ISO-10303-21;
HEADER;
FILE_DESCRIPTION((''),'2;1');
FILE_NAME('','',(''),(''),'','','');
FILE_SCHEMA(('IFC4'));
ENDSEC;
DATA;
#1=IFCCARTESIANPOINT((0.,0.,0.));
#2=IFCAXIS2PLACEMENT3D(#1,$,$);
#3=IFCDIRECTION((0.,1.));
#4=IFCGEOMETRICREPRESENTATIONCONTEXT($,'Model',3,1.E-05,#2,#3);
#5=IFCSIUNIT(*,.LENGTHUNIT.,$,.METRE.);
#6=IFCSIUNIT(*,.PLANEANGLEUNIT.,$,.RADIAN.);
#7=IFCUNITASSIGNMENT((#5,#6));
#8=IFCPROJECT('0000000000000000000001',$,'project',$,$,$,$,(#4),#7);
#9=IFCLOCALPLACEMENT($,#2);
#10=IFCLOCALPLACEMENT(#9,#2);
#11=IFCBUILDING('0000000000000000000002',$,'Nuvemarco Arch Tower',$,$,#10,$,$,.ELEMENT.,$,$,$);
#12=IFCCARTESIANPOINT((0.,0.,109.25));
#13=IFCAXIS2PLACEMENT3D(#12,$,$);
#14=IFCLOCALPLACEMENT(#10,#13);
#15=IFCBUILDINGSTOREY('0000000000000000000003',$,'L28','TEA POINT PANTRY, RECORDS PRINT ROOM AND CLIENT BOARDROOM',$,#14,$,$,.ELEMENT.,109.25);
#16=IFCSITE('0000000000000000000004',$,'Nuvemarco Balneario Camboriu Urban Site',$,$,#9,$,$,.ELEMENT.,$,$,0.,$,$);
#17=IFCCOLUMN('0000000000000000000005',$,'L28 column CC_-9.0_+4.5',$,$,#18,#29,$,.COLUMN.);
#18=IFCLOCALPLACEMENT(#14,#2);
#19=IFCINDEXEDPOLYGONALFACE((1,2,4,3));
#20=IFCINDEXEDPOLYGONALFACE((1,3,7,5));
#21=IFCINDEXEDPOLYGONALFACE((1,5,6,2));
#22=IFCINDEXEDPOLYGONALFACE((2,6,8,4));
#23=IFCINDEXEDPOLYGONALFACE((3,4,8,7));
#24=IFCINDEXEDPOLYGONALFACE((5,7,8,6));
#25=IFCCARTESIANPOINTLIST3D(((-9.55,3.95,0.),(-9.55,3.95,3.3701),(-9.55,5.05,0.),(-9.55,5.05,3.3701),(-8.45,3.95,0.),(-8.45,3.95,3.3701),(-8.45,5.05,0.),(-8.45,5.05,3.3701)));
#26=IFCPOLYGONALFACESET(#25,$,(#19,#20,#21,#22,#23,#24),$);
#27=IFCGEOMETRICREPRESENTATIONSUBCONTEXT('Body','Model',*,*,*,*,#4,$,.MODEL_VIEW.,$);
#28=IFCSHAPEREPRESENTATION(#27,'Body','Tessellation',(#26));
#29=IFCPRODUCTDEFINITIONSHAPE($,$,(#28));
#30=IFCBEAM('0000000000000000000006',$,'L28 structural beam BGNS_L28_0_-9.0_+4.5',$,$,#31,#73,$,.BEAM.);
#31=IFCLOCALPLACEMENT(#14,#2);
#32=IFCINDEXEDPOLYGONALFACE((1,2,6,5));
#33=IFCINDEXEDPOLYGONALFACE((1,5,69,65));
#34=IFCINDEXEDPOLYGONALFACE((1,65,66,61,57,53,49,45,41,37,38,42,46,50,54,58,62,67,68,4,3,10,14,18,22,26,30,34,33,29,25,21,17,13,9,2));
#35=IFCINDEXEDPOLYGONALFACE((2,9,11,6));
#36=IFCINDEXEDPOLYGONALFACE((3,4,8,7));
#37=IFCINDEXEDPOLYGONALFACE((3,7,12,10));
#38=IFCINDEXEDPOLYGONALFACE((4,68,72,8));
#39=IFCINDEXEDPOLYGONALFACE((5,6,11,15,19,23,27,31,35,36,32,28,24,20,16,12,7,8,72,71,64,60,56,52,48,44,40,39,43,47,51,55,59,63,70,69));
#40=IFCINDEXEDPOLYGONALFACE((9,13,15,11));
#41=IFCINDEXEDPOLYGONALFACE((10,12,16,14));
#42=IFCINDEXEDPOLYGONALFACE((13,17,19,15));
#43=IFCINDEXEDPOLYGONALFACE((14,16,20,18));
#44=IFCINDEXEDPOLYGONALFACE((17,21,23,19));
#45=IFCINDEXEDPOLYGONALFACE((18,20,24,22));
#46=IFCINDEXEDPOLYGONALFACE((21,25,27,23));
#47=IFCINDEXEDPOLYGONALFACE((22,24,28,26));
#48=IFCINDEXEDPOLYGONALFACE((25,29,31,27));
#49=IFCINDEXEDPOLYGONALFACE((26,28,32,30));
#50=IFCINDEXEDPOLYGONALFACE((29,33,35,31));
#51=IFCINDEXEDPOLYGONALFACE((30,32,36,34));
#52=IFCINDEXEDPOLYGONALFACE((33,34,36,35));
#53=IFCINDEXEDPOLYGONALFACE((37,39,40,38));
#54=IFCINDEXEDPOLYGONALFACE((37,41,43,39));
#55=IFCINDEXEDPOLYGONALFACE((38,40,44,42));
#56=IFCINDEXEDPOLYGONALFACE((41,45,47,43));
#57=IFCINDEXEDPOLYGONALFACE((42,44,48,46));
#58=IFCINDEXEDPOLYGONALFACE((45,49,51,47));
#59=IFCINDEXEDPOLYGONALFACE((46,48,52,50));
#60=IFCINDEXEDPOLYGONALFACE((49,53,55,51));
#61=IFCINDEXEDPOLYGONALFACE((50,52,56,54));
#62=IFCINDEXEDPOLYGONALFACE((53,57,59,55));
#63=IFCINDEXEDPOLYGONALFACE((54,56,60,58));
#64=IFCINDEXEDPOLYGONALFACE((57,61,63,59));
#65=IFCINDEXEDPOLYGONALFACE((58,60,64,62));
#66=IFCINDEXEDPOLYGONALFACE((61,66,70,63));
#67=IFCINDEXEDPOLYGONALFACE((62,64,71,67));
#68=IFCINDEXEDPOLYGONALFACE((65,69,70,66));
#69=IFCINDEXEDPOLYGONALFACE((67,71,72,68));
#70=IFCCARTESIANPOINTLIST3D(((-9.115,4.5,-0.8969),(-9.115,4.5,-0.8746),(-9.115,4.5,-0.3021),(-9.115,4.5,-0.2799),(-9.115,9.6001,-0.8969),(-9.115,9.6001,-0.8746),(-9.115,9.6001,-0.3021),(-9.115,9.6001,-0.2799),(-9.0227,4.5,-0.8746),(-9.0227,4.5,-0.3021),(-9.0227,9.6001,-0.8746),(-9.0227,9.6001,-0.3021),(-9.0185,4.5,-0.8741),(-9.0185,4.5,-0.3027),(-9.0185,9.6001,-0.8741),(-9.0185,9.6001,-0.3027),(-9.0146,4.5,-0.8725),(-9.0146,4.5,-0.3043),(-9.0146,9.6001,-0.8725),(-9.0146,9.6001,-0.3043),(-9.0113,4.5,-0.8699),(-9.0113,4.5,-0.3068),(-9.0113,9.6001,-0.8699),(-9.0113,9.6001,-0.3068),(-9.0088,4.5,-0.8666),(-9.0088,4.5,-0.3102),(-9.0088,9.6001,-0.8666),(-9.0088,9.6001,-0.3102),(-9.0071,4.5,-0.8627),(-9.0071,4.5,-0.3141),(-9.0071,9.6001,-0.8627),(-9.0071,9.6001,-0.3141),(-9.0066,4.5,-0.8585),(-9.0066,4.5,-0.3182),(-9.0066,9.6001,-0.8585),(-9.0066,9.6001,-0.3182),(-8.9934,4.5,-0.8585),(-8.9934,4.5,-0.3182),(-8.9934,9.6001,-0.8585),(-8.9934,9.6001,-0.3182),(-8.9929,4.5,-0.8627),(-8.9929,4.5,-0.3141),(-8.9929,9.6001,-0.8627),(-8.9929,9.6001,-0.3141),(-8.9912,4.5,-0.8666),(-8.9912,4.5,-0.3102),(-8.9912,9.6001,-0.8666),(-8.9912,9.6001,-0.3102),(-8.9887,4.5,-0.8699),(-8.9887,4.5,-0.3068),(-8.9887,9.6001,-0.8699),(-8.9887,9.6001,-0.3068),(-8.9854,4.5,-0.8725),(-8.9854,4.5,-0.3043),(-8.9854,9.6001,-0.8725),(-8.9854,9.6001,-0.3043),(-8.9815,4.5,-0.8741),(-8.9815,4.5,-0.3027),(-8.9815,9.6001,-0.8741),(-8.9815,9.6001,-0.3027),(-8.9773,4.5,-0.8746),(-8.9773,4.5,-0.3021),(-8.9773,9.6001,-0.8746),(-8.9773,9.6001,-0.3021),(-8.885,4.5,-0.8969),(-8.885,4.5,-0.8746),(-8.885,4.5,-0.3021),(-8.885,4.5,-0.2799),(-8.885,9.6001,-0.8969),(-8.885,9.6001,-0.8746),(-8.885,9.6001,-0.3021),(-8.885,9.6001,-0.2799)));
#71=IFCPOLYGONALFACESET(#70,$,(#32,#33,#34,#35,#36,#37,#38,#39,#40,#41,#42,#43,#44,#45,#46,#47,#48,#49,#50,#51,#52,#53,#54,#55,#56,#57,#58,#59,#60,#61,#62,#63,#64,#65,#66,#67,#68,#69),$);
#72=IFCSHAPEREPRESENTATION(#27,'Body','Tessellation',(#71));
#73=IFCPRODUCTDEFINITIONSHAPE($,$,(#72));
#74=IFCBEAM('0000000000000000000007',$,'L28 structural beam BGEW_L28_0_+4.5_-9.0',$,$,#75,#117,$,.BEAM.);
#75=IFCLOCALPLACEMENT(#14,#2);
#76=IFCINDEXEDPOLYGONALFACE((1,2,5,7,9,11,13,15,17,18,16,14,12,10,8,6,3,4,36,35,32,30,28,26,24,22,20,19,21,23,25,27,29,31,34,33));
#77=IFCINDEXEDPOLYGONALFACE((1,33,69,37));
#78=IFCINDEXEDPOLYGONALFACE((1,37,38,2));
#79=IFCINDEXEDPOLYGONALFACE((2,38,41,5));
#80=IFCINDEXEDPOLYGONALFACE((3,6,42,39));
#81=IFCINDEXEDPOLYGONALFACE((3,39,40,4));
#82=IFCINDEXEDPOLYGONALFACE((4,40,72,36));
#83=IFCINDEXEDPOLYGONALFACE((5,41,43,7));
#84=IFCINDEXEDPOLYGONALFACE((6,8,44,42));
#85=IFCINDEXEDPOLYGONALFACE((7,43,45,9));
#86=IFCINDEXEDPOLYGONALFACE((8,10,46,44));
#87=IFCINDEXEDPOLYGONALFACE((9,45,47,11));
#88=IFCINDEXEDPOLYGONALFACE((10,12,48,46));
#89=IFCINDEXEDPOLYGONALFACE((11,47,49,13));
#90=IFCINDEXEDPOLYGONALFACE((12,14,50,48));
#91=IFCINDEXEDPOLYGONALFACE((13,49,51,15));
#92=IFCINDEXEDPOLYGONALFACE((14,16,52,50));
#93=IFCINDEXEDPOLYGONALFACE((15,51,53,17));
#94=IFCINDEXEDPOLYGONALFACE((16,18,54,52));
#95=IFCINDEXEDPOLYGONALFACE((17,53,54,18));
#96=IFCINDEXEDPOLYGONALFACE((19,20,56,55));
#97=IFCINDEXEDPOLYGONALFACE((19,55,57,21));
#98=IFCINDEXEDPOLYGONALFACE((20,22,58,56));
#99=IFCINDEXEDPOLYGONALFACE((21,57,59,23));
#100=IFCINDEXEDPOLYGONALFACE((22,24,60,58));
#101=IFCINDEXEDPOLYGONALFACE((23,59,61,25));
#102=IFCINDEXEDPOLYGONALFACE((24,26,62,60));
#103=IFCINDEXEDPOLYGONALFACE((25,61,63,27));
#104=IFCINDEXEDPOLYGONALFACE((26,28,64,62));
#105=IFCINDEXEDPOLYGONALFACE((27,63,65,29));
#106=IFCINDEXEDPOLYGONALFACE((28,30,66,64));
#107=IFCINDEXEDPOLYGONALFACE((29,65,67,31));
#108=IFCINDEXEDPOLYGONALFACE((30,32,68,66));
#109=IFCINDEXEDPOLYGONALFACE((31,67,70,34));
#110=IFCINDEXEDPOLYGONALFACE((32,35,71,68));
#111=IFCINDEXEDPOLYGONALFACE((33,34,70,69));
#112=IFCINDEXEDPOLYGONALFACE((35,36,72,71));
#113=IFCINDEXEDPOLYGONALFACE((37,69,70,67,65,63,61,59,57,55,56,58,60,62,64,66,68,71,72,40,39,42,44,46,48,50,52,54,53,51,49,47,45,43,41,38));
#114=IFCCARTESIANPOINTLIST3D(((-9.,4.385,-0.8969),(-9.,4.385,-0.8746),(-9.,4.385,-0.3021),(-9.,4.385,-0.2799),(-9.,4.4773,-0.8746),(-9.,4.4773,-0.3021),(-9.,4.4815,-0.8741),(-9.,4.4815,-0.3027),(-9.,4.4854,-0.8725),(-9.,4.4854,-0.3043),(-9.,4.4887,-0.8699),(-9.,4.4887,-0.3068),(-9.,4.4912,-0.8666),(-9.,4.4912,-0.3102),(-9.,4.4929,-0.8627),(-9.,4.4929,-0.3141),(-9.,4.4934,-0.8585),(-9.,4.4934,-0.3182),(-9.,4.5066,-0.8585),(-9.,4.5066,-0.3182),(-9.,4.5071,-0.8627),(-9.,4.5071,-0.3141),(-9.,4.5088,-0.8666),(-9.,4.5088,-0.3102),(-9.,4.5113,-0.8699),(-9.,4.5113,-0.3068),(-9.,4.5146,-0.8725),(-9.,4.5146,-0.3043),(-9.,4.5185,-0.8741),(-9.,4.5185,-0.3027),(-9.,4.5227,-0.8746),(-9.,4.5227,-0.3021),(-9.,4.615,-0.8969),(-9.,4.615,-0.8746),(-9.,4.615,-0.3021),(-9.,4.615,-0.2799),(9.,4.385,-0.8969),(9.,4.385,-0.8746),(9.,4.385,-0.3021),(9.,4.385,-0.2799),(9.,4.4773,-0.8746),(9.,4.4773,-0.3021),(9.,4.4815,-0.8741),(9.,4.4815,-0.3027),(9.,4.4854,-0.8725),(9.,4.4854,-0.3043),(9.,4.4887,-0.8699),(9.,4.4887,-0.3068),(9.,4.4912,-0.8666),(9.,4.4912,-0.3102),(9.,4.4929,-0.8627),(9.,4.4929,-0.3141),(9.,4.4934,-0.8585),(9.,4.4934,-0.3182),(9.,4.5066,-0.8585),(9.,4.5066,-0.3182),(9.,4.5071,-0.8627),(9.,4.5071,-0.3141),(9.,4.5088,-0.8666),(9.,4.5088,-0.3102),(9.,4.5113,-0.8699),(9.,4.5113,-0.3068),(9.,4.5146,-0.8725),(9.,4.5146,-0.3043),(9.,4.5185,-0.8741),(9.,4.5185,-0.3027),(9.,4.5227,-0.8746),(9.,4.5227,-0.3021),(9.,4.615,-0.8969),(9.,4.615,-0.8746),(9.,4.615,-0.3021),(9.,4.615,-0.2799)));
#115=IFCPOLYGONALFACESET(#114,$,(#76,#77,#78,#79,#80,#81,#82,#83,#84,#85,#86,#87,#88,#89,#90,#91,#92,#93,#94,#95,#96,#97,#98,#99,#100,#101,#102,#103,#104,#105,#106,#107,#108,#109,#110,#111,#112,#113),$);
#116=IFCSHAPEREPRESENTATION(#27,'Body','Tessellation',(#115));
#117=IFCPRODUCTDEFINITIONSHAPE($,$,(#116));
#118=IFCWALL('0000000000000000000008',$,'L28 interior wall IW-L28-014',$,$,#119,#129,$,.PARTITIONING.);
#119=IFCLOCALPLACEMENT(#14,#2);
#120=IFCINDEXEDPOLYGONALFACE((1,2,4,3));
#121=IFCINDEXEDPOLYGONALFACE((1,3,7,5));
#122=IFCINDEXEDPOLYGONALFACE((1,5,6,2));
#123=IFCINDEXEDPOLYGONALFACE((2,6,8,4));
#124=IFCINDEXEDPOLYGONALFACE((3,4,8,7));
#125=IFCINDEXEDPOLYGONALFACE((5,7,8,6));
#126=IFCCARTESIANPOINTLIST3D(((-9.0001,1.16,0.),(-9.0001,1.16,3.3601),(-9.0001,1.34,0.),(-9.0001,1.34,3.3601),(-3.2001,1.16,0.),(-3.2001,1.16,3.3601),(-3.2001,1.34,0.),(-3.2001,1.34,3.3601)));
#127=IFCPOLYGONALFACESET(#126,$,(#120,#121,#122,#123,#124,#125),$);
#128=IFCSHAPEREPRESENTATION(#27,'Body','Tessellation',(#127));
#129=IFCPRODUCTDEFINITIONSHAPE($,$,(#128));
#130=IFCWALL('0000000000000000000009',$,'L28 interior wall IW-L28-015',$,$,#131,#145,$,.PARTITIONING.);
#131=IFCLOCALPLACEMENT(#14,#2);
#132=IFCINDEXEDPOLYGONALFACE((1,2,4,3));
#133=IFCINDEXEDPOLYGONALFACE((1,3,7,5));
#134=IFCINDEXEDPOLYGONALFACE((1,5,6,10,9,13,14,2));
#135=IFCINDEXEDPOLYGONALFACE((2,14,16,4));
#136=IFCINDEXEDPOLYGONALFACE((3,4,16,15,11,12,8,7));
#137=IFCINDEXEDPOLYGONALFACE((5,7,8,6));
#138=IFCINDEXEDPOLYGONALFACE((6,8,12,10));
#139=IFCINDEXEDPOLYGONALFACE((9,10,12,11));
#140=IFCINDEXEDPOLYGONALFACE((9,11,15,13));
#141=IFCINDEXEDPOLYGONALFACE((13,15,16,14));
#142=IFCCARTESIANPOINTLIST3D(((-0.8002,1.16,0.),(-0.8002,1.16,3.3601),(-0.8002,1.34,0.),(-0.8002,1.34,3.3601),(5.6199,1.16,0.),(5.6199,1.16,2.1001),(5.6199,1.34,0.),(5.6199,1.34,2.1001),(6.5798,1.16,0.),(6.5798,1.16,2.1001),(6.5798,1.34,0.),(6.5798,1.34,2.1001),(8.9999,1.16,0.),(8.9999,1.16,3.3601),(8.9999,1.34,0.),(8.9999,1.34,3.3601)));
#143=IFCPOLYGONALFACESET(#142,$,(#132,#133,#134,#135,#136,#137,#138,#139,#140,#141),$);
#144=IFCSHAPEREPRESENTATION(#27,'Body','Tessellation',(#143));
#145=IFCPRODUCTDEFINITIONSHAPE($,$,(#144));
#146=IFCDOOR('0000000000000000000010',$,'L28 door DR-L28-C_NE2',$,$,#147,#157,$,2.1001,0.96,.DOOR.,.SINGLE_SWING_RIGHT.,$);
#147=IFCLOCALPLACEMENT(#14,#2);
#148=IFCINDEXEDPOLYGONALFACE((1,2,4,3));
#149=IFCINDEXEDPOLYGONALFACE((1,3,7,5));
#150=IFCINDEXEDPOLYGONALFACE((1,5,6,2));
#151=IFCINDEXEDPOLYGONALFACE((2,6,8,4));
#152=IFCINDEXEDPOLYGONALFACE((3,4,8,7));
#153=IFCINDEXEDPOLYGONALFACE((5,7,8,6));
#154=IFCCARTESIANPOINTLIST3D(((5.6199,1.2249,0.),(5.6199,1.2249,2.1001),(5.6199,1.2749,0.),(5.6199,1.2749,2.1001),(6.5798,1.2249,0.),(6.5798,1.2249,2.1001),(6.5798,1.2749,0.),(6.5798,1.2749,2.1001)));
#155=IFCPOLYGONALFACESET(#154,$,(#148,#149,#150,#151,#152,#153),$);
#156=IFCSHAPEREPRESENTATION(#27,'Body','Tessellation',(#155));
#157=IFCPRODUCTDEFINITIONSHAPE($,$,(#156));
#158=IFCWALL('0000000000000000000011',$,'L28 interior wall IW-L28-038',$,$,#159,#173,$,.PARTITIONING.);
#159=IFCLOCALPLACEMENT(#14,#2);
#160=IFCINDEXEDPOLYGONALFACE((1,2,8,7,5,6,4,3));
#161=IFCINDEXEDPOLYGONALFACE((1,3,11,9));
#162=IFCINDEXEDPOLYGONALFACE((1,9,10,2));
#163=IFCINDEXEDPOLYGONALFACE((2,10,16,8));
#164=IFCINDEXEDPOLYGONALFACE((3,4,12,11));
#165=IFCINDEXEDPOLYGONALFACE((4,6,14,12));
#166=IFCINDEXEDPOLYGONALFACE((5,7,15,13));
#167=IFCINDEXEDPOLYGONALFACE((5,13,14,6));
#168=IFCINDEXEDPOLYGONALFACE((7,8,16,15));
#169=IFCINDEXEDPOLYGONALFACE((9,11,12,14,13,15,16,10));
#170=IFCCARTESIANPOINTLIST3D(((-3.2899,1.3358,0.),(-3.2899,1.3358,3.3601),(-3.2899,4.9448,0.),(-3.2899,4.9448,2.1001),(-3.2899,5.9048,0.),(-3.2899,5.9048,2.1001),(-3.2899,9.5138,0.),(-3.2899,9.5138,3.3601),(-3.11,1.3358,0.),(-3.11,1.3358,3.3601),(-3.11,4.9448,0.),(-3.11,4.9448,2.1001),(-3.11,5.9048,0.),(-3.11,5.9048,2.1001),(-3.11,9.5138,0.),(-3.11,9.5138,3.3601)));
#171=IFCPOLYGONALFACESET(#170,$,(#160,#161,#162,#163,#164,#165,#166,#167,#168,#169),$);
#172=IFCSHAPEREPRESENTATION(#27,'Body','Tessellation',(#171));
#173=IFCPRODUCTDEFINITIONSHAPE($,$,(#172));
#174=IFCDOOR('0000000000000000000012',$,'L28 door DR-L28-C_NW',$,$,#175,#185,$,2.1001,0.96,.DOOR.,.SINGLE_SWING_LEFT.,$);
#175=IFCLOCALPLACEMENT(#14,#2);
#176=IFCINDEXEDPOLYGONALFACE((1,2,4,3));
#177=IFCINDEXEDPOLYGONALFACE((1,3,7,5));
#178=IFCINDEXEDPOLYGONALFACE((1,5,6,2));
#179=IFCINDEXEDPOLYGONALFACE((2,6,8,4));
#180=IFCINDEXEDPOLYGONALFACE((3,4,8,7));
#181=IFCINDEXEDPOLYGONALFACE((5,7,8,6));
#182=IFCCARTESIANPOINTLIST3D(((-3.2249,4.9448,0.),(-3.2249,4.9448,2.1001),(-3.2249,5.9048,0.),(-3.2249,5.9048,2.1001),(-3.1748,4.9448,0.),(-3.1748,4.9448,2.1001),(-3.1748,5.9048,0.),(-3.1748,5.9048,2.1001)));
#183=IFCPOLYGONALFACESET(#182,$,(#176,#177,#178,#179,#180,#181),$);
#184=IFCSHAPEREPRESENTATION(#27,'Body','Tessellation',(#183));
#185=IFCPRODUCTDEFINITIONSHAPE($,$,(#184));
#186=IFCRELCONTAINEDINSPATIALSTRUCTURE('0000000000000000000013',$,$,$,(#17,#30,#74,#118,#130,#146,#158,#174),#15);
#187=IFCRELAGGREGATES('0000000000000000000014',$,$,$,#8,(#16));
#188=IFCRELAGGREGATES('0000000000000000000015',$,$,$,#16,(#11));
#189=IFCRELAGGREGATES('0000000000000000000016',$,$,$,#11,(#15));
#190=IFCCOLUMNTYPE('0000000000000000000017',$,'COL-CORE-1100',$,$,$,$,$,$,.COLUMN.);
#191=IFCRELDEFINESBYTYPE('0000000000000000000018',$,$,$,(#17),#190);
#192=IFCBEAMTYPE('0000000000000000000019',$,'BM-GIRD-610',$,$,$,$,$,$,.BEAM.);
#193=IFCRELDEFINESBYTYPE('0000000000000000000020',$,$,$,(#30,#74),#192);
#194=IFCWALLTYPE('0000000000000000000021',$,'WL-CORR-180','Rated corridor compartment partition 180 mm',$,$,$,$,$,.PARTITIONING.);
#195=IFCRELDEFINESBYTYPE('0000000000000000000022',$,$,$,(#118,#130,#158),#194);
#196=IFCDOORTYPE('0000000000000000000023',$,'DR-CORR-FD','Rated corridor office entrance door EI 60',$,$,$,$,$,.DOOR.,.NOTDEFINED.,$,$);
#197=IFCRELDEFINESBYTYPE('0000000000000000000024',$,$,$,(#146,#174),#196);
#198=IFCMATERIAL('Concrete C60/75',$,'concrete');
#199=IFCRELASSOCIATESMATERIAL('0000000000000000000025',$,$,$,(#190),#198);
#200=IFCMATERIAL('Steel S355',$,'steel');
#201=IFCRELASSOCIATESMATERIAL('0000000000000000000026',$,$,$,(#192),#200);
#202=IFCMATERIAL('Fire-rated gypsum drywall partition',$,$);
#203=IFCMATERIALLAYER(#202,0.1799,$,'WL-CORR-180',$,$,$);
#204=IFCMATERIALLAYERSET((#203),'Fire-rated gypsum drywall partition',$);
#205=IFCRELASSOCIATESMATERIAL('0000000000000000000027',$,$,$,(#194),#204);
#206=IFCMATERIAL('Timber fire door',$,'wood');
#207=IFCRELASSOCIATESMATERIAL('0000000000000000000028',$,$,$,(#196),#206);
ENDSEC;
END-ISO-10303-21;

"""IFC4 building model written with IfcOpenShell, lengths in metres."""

from ifc_helpers import new_model, si_unit, direction, frame, frame_2d, origin, origin_2d, place, context, subcontext, project, spatial, rectangle, i_section, extrude, source, transform, mapped, material, layer, layer_set, material_profile, profile_set, type_object, type_shapes, element, fill, save


model = new_model("IFC4")

# Units and contexts
model_context = context("Model", 3, precision=1e-05, world=origin(), true_north=direction((0.0, 1.0)))
body_context = subcontext(model_context, "Body", "Model", "MODEL_VIEW")
ifc_project = project(units=[si_unit("LENGTHUNIT", "METRE"), si_unit("PLANEANGLEUNIT", "RADIAN")], contexts=[model_context])

# Site, building, storey
site_placement = place(None, origin())
site = spatial("IfcSite", under=ifc_project, at=site_placement, Name="Nuvemarco Balneario Camboriu Urban Site", CompositionType="ELEMENT", RefElevation=0.0)
building_placement = place(site_placement, origin())
building = spatial("IfcBuilding", under=site, at=building_placement, Name="Nuvemarco Arch Tower", CompositionType="ELEMENT")
storey_placement = place(building_placement, frame((0.0, 0.0, 109.25)))
storey = spatial("IfcBuildingStorey", under=building, at=storey_placement, Name="L28", Description="TEA POINT PANTRY, RECORDS PRINT ROOM AND CLIENT BOARDROOM", CompositionType="ELEMENT", Elevation=109.25)

# Column
ifc_material_1 = material(Name="Concrete C60/75", Category="concrete")
ifc_material_profile_1 = material_profile(ifc_material_1, rectangle(XDim=1.1001, YDim=1.1001, at=origin_2d()), Name="RC-COL-1100x1100")
ifc_profile_set_1 = profile_set([ifc_material_profile_1], Name="Concrete C60/75")
column_type = type_object("IfcColumnType", Name="COL-CORE-1100", PredefinedType="COLUMN", material=ifc_profile_set_1)
column_placement = place(storey_placement, frame((-9.0, 4.5, 0.0), z_axis=(0.0, 0.0, 1.0), x_axis=(1.0, 0.0, 0.0)))
element("IfcColumn", 1, at=column_placement, inside=storey, type_object=column_type, Name="L28 column CC_-9.0_+4.5", PredefinedType="COLUMN", context=body_context, shape_type="SweptSolid", body=[
    extrude(rectangle(XDim=1.1001, YDim=1.1001, at=origin_2d()), origin(), (0.0, 0.0, 1.0), 3.3701),
])

# Beams
ifc_material_2 = material(Name="Steel S355", Category="steel")
ifc_material_profile_2 = material_profile(ifc_material_2, i_section(OverallWidth=0.23, OverallDepth=0.6169, WebThickness=0.0132, FlangeThickness=0.0222, FilletRadius=0.0161, at=origin_2d()), Name="W610x140")
ifc_profile_set_2 = profile_set([ifc_material_profile_2], Name="Steel S355")
beam_type = type_object("IfcBeamType", Name="BM-GIRD-610", PredefinedType="BEAM", material=ifc_profile_set_2)
beam_1_placement = place(storey_placement, frame((-9.0, 4.5, -0.5884), z_axis=(0.0, 1.0, 0.0), x_axis=(-1.0, 0.0, 0.0)))
element("IfcBeam", 2, at=beam_1_placement, inside=storey, type_object=beam_type, Name="L28 structural beam BGNS_L28_0_-9.0_+4.5", PredefinedType="BEAM", context=body_context, shape_type="SweptSolid", body=[
    extrude(i_section(OverallWidth=0.23, OverallDepth=0.6169, WebThickness=0.0132, FlangeThickness=0.0222, FilletRadius=0.0161, at=origin_2d()), origin(), (0.0, 0.0, 1.0), 5.1001),
])
beam_2_placement = place(storey_placement, frame((-9.0, 4.5, -0.5884), z_axis=(1.0, 0.0, 0.0), x_axis=(0.0, 1.0, 0.0)))
element("IfcBeam", 3, at=beam_2_placement, inside=storey, type_object=beam_type, Name="L28 structural beam BGEW_L28_0_+4.5_-9.0", PredefinedType="BEAM", context=body_context, shape_type="SweptSolid", body=[
    extrude(i_section(OverallWidth=0.23, OverallDepth=0.6169, WebThickness=0.0132, FlangeThickness=0.0222, FilletRadius=0.0161, at=origin_2d()), origin(), (0.0, 0.0, 1.0), 18.0),
])

# Wall
ifc_material_3 = material(Name="Fire-rated gypsum drywall partition")
ifc_layer_1 = layer(ifc_material_3, 0.1799, Name="WL-CORR-180")
ifc_layer_set_1 = layer_set([ifc_layer_1], Name="Fire-rated gypsum drywall partition")
wall_type_1 = type_object("IfcWallType", Name="WL-CORR-180", Description="Rated corridor compartment partition 180 mm", PredefinedType="PARTITIONING", material=ifc_layer_set_1)
wall_1_placement = place(storey_placement, frame((-9.0, 1.25, 0.0), z_axis=(0.0, 0.0, 1.0), x_axis=(1.0, 0.0, 0.0)))
element("IfcWall", 4, at=wall_1_placement, inside=storey, type_object=wall_type_1, Name="L28 interior wall IW-L28-014", PredefinedType="PARTITIONING", context=body_context, shape_type="SweptSolid", body=[
    extrude(rectangle(XDim=5.8, YDim=0.1799, at=frame_2d((2.8999, 0.0))), origin(), (0.0, 0.0, 1.0), 3.3601),
])

# Walls, openings, doors
wall_2_placement = place(storey_placement, frame((-0.8, 1.25, 0.0), z_axis=(0.0, 0.0, 1.0), x_axis=(1.0, 0.0, 0.0)))
wall_2 = element("IfcWall", 5, at=wall_2_placement, inside=storey, type_object=wall_type_1, Name="L28 interior wall IW-L28-015", PredefinedType="PARTITIONING", context=body_context, shape_type="SweptSolid", body=[
    extrude(rectangle(XDim=9.8, YDim=0.1799, at=frame_2d((4.8999, 0.0))), origin(), (0.0, 0.0, 1.0), 3.3601),
])
opening_1_placement = place(wall_2_placement, frame((6.4199, 0.0, 0.0)))
opening_1 = element("IfcOpeningElement", 6, at=opening_1_placement, cuts=wall_2, PredefinedType="OPENING", context=body_context, shape_type="SweptSolid", body=[
    extrude(rectangle(XDim=0.96, YDim=2.1001, at=frame_2d((0.48, 1.05))), frame((0.0, 0.0999, 0.0), z_axis=(0.0, -1.0, 0.0), x_axis=(1.0, 0.0, 0.0)), (0.0, 0.0, 1.0), 0.2),
])
ifc_material_4 = material(Name="Timber fire door", Category="wood")
door_type_1 = type_object("IfcDoorType", Name="DR-CORR-FD", Description="Rated corridor office entrance door EI 60", OperationType="NOTDEFINED", PredefinedType="DOOR", material=ifc_material_4)
shared_shape_1 = source(origin(), body_context, "Body", "SweptSolid", [
    extrude(rectangle(XDim=0.96, YDim=2.1001, at=frame_2d((0.48, 1.05))), frame((0.0, 0.0249, 0.0), z_axis=(0.0, -1.0, 0.0), x_axis=(1.0, 0.0, 0.0)), (0.0, 0.0, 1.0), 0.05),
])
type_shapes(door_type_1, [shared_shape_1])
door_1_placement = place(opening_1_placement, origin())
door_1 = element("IfcDoor", 7, at=door_1_placement, inside=storey, type_object=door_type_1, Name="L28 door DR-L28-C_NE2", OperationType="SINGLE_SWING_RIGHT", OverallHeight=2.1001, OverallWidth=0.96, PredefinedType="DOOR", context=body_context, shape_type="MappedRepresentation", body=[
    mapped(shared_shape_1, transform((0.0, 0.0, 0.0), scale=1.0)),
])
fill(opening_1, door_1)
wall_3_placement = place(storey_placement, frame((-3.2, 1.3359, 0.0), z_axis=(0.0, 0.0, 1.0), x_axis=(0.0, 1.0, 0.0)))
wall_3 = element("IfcWall", 8, at=wall_3_placement, inside=storey, type_object=wall_type_1, Name="L28 interior wall IW-L28-038", PredefinedType="PARTITIONING", context=body_context, shape_type="SweptSolid", body=[
    extrude(rectangle(XDim=8.178, YDim=0.1799, at=frame_2d((4.0889, 0.0))), origin(), (0.0, 0.0, 1.0), 3.3601),
])
opening_2_placement = place(wall_3_placement, frame((3.6089, 0.0, 0.0)))
opening_2 = element("IfcOpeningElement", 9, at=opening_2_placement, cuts=wall_3, PredefinedType="OPENING", context=body_context, shape_type="SweptSolid", body=[
    extrude(rectangle(XDim=0.96, YDim=2.1001, at=frame_2d((0.48, 1.05))), frame((0.0, 0.0999, 0.0), z_axis=(0.0, -1.0, 0.0), x_axis=(1.0, 0.0, 0.0)), (0.0, 0.0, 1.0), 0.2),
])
door_2_placement = place(opening_2_placement, origin())
door_2 = element("IfcDoor", 10, at=door_2_placement, inside=storey, type_object=door_type_1, Name="L28 door DR-L28-C_NW", OperationType="SINGLE_SWING_LEFT", OverallHeight=2.1001, OverallWidth=0.96, PredefinedType="DOOR", context=body_context, shape_type="MappedRepresentation", body=[
    mapped(shared_shape_1, transform((0.0, 0.0, 0.0), scale=1.0)),
])
fill(opening_2, door_2)

save(model, "model.ifc")
